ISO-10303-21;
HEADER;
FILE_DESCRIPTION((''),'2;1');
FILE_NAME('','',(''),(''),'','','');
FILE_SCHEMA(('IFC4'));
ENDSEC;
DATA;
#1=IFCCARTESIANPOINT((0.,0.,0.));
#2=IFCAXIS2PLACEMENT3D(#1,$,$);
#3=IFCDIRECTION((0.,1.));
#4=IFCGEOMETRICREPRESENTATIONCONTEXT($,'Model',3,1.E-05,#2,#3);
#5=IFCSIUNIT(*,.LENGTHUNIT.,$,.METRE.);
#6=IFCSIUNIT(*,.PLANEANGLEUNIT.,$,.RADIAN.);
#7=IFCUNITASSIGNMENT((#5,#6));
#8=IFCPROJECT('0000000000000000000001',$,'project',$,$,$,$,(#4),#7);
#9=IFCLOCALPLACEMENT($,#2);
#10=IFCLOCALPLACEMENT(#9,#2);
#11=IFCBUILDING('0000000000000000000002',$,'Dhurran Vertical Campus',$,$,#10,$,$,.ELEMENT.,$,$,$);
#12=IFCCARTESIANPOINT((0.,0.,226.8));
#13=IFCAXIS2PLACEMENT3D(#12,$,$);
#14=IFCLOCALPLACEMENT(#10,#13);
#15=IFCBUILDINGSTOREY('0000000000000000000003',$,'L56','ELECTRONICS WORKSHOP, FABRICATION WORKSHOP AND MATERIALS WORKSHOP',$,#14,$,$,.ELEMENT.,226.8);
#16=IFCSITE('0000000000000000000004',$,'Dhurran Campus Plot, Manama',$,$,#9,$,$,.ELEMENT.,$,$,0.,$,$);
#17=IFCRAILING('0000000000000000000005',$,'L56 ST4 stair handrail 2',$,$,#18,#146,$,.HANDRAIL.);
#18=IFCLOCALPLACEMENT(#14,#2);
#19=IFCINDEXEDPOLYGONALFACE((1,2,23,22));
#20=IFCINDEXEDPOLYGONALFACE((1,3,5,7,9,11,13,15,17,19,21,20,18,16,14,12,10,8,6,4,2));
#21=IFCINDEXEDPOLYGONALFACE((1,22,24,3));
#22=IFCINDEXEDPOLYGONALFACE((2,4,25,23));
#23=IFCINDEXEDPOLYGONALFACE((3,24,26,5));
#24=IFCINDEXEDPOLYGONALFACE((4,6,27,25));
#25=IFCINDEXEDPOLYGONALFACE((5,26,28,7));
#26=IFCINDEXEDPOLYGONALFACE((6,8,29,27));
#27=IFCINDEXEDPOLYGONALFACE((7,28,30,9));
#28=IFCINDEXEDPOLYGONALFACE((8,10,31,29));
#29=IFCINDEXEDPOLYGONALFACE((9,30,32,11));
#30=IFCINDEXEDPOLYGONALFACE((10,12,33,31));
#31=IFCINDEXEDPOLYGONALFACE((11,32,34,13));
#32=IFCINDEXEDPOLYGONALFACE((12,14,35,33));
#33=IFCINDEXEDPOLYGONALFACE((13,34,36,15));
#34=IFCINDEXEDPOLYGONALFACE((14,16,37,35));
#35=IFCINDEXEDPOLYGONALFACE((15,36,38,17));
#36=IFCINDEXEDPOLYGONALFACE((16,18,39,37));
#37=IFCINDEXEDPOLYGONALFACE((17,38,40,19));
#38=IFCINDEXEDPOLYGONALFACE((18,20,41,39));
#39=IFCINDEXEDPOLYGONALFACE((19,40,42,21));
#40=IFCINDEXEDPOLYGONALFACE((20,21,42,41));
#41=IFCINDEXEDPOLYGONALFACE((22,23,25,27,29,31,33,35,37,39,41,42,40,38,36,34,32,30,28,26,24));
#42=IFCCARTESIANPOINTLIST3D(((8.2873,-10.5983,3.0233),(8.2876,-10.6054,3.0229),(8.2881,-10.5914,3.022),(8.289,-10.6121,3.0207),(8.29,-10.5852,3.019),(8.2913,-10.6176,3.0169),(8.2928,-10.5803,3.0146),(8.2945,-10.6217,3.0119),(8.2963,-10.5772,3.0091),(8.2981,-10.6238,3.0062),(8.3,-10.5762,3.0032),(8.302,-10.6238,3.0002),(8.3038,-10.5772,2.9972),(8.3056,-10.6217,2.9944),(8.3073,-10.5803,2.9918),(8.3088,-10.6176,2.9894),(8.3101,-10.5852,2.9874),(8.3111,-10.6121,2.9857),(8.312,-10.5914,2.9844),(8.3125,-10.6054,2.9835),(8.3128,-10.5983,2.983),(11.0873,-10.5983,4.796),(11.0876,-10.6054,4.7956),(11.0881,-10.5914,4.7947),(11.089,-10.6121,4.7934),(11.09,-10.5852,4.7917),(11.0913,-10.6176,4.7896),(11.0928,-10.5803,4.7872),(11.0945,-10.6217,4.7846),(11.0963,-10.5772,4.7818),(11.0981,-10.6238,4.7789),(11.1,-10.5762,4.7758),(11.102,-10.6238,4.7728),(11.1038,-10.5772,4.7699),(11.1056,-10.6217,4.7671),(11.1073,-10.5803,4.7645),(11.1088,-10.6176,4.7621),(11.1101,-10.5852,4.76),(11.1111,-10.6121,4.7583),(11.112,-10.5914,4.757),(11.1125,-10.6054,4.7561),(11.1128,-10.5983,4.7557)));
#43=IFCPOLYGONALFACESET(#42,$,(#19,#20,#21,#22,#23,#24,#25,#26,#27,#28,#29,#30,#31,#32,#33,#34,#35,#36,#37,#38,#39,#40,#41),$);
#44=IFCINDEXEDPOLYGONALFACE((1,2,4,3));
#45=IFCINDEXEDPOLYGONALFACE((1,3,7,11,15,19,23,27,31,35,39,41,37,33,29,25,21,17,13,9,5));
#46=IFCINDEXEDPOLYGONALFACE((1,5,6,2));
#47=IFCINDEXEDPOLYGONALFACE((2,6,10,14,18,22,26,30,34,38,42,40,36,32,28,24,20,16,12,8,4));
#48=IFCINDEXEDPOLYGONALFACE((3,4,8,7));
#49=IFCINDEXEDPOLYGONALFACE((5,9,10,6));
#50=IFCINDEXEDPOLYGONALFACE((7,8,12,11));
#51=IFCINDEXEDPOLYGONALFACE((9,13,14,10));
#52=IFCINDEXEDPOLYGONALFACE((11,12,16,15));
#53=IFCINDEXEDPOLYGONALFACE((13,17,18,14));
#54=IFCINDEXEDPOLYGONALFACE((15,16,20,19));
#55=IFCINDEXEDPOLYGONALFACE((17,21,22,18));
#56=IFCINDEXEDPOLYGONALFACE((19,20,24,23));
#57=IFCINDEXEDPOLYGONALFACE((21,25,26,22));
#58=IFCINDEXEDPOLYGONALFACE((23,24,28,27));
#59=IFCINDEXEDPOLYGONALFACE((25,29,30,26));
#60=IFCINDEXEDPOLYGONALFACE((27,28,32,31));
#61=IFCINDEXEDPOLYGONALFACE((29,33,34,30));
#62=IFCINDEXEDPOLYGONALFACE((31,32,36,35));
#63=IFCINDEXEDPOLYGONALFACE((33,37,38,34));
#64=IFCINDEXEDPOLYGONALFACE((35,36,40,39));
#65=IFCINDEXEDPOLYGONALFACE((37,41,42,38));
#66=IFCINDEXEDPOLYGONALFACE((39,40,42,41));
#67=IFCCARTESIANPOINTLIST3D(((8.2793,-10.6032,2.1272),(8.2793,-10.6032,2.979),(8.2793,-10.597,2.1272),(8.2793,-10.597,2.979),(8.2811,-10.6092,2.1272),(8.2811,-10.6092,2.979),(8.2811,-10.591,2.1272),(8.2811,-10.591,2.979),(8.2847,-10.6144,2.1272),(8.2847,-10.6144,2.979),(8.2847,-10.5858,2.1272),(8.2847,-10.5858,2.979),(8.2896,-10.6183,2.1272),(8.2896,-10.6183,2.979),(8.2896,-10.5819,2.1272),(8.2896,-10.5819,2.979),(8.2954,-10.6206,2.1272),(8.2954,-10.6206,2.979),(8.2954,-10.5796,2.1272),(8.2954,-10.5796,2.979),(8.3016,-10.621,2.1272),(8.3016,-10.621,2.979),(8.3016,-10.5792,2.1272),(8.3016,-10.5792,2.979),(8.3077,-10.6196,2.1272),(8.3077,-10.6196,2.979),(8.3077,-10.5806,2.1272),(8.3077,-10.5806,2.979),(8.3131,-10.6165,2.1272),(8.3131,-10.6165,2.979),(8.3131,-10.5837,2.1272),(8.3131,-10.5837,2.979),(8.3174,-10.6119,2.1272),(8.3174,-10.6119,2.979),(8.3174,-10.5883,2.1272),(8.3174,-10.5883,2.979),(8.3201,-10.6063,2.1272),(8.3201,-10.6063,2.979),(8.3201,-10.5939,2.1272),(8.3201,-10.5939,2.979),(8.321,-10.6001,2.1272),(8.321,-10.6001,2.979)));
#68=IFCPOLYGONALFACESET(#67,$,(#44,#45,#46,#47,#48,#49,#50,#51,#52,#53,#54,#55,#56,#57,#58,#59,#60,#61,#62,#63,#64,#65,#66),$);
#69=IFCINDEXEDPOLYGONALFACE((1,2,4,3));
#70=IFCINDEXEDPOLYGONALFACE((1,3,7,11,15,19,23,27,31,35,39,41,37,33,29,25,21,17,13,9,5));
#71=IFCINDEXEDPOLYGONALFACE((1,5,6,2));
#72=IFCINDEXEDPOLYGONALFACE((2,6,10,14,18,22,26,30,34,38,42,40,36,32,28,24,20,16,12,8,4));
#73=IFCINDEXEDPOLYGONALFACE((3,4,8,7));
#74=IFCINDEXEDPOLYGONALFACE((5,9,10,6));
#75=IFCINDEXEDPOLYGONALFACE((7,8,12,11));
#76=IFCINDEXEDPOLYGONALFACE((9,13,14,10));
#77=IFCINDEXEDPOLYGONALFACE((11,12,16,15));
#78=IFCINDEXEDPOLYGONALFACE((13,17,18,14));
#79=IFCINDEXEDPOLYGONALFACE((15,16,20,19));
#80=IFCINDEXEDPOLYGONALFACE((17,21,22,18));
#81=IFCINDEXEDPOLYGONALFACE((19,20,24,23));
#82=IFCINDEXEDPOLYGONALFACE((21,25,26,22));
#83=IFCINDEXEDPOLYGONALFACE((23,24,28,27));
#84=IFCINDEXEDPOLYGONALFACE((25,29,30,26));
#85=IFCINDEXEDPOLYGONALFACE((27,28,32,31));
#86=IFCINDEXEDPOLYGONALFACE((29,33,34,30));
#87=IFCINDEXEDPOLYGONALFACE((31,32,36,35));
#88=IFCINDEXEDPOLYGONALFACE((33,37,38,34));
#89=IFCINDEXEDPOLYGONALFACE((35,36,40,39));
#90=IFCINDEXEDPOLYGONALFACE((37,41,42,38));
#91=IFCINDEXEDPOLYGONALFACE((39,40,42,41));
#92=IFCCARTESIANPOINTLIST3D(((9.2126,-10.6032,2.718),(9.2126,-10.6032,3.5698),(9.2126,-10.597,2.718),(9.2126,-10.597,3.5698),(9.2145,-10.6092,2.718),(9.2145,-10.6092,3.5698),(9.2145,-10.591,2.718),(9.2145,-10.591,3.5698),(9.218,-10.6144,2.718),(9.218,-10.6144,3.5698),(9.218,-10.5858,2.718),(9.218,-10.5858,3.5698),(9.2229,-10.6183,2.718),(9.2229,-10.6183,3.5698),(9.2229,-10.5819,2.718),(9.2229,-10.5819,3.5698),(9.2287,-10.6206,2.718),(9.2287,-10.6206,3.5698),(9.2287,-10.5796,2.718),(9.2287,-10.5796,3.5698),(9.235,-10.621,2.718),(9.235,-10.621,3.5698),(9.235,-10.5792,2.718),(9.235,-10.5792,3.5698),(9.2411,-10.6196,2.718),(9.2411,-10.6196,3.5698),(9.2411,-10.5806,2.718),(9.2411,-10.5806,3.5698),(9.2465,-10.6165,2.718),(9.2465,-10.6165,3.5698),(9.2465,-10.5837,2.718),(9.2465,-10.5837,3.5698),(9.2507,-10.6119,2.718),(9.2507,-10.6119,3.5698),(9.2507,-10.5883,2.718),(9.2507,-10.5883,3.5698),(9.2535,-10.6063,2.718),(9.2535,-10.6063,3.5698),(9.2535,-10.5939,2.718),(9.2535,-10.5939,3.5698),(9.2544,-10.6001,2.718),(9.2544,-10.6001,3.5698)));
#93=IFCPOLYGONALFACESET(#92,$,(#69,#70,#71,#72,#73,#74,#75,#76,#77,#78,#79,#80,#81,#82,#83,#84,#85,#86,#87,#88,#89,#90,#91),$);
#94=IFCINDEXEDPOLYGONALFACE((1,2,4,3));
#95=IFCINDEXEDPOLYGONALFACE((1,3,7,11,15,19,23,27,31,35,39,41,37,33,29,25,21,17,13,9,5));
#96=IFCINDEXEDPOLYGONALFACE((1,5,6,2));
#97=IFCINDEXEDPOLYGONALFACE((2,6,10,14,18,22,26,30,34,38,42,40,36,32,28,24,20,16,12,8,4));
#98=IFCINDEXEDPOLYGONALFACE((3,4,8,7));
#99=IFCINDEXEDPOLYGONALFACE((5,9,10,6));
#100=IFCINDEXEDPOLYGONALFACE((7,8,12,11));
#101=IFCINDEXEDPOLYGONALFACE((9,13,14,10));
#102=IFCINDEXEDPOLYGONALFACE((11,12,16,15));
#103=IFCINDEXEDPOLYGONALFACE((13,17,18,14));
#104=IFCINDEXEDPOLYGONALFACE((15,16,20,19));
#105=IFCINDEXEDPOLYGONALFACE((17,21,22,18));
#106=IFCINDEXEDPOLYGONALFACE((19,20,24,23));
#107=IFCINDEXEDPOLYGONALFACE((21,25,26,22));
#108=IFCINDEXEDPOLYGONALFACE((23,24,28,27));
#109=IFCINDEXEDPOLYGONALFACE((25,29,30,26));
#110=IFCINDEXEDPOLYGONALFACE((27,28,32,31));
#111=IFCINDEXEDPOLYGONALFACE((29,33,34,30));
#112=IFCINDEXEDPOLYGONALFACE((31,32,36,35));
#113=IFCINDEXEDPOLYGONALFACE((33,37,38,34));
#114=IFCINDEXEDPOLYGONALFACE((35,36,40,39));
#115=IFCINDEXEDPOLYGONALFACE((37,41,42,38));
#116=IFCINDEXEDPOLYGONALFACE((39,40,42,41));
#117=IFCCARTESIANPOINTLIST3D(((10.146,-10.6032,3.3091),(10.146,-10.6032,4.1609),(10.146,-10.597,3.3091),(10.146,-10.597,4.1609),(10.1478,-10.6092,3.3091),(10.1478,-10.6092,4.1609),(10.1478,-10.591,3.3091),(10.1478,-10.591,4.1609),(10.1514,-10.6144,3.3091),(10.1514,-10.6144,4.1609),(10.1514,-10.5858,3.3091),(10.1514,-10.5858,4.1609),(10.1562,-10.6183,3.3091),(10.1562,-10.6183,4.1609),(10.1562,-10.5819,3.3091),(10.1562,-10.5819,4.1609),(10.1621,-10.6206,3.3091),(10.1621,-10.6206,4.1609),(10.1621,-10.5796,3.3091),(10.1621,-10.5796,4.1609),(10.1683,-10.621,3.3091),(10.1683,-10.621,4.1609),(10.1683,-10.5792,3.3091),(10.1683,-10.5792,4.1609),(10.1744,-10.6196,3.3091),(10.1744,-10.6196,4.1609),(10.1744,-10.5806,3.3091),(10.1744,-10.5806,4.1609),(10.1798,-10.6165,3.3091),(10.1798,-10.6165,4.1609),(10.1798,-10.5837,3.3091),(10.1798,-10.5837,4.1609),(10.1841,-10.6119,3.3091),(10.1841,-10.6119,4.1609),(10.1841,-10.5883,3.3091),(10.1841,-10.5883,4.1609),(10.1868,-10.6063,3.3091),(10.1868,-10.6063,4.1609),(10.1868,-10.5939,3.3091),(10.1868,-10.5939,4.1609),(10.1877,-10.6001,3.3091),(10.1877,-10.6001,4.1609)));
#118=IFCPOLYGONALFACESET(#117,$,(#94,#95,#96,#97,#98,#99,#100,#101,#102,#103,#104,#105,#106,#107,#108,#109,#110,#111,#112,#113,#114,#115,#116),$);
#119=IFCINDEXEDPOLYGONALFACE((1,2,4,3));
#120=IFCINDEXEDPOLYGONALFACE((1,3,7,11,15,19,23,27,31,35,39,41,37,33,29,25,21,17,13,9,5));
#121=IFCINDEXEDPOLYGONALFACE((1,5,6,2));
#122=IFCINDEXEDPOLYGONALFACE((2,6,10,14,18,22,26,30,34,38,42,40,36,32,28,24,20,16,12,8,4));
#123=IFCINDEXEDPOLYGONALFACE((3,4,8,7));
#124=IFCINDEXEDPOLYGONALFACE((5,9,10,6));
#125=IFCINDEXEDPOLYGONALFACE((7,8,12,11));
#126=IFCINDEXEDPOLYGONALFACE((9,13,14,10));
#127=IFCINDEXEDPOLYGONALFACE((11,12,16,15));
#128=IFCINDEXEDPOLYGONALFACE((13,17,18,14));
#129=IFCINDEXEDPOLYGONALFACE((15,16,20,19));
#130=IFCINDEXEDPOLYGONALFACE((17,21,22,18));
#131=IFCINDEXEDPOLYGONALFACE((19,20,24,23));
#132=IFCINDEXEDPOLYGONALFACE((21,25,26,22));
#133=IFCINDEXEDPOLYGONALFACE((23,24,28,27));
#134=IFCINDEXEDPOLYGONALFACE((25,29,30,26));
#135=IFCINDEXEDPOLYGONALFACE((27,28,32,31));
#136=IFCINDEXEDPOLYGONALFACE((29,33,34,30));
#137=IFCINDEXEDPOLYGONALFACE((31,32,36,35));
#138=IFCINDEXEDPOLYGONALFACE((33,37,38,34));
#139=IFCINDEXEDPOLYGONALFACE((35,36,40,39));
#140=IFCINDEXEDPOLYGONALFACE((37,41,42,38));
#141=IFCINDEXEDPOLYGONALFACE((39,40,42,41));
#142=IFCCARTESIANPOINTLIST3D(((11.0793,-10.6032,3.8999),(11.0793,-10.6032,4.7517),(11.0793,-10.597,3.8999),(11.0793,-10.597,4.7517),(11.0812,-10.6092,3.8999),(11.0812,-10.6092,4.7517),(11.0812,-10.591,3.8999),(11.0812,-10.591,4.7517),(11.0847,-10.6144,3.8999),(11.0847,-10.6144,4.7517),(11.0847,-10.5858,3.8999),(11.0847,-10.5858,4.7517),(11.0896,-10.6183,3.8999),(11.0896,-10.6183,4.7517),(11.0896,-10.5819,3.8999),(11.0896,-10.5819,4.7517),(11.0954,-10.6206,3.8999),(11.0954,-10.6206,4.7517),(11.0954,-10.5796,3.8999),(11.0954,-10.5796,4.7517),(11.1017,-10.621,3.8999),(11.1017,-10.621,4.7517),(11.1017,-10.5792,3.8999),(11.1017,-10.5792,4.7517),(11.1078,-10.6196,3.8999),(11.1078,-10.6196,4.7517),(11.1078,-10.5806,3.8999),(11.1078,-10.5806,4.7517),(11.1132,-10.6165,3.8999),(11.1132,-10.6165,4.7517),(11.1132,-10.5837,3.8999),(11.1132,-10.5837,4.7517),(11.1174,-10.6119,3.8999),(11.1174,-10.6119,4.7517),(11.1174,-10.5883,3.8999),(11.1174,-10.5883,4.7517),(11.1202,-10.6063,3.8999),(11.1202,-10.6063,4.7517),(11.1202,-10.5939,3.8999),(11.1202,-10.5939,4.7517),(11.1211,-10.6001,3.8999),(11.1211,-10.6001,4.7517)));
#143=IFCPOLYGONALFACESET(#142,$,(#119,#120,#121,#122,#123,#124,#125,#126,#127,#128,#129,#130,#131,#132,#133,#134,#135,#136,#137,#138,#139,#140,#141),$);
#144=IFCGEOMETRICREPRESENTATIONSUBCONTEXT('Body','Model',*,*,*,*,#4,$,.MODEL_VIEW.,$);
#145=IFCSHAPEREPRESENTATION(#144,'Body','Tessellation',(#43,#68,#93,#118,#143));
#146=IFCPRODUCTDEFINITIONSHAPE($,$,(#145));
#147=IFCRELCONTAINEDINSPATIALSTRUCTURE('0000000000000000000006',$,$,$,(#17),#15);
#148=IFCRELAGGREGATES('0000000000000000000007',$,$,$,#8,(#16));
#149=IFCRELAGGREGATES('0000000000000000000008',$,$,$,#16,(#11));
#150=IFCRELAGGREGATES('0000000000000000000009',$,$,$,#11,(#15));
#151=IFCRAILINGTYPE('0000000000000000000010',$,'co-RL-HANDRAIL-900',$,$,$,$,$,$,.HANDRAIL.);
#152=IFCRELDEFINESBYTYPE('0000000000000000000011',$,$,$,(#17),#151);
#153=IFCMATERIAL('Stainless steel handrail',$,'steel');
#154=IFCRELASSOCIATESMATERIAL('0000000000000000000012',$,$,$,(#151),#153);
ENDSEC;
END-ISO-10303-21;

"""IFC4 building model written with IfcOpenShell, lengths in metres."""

from ifc_helpers import new_model, si_unit, direction, frame, origin, origin_2d, place, context, subcontext, project, spatial, circle, extrude, material, type_object, element, save


model = new_model("IFC4")

# Units and contexts
model_context = context("Model", 3, precision=1e-05, world=origin(), true_north=direction((0.0, 1.0)))
body_context = subcontext(model_context, "Body", "Model", "MODEL_VIEW")
ifc_project = project(units=[si_unit("LENGTHUNIT", "METRE"), si_unit("PLANEANGLEUNIT", "RADIAN")], contexts=[model_context])

# Site, building, storey
site_placement = place(None, origin())
site = spatial("IfcSite", under=ifc_project, at=site_placement, Name="Dhurran Campus Plot, Manama", CompositionType="ELEMENT", RefElevation=0.0)
building_placement = place(site_placement, origin())
building = spatial("IfcBuilding", under=site, at=building_placement, Name="Dhurran Vertical Campus", CompositionType="ELEMENT")
storey_placement = place(building_placement, frame((0.0, 0.0, 226.8)))
storey = spatial("IfcBuildingStorey", under=building, at=storey_placement, Name="L56", Description="ELECTRONICS WORKSHOP, FABRICATION WORKSHOP AND MATERIALS WORKSHOP", CompositionType="ELEMENT", Elevation=226.8)

# Railing
ifc_material_1 = material(Name="Stainless steel handrail", Category="steel")
railing_type_1 = type_object("IfcRailingType", Name="co-RL-HANDRAIL-900", PredefinedType="HANDRAIL", material=ifc_material_1)
railing_1_placement = place(storey_placement, frame((8.3, -10.6001, 2.1272)))
element("IfcRailing", 1, at=railing_1_placement, inside=storey, type_object=railing_type_1, Name="L56 ST4 stair handrail 2", PredefinedType="HANDRAIL", context=body_context, shape_type="SweptSolid", body=[
    extrude(circle(Radius=0.0239, at=origin_2d()), frame((0.0, 0.0, 0.876), z_axis=(0.844909, 0.0, 0.53491), x_axis=(0.0, 1.0, 0.0)), (0.0, 0.0, 1.0), 3.314),
    extrude(circle(Radius=0.021, at=origin_2d()), origin(), (0.0, 0.0, 1.0), 0.8518),
    extrude(circle(Radius=0.021, at=origin_2d()), frame((0.9333, 0.0, 0.5908)), (0.0, 0.0, 1.0), 0.8518),
    extrude(circle(Radius=0.021, at=origin_2d()), frame((1.8667, 0.0, 1.1819)), (0.0, 0.0, 1.0), 0.8518),
    extrude(circle(Radius=0.021, at=origin_2d()), frame((2.8, 0.0, 1.7727)), (0.0, 0.0, 1.0), 0.8518),
])

save(model, "model.ifc")
